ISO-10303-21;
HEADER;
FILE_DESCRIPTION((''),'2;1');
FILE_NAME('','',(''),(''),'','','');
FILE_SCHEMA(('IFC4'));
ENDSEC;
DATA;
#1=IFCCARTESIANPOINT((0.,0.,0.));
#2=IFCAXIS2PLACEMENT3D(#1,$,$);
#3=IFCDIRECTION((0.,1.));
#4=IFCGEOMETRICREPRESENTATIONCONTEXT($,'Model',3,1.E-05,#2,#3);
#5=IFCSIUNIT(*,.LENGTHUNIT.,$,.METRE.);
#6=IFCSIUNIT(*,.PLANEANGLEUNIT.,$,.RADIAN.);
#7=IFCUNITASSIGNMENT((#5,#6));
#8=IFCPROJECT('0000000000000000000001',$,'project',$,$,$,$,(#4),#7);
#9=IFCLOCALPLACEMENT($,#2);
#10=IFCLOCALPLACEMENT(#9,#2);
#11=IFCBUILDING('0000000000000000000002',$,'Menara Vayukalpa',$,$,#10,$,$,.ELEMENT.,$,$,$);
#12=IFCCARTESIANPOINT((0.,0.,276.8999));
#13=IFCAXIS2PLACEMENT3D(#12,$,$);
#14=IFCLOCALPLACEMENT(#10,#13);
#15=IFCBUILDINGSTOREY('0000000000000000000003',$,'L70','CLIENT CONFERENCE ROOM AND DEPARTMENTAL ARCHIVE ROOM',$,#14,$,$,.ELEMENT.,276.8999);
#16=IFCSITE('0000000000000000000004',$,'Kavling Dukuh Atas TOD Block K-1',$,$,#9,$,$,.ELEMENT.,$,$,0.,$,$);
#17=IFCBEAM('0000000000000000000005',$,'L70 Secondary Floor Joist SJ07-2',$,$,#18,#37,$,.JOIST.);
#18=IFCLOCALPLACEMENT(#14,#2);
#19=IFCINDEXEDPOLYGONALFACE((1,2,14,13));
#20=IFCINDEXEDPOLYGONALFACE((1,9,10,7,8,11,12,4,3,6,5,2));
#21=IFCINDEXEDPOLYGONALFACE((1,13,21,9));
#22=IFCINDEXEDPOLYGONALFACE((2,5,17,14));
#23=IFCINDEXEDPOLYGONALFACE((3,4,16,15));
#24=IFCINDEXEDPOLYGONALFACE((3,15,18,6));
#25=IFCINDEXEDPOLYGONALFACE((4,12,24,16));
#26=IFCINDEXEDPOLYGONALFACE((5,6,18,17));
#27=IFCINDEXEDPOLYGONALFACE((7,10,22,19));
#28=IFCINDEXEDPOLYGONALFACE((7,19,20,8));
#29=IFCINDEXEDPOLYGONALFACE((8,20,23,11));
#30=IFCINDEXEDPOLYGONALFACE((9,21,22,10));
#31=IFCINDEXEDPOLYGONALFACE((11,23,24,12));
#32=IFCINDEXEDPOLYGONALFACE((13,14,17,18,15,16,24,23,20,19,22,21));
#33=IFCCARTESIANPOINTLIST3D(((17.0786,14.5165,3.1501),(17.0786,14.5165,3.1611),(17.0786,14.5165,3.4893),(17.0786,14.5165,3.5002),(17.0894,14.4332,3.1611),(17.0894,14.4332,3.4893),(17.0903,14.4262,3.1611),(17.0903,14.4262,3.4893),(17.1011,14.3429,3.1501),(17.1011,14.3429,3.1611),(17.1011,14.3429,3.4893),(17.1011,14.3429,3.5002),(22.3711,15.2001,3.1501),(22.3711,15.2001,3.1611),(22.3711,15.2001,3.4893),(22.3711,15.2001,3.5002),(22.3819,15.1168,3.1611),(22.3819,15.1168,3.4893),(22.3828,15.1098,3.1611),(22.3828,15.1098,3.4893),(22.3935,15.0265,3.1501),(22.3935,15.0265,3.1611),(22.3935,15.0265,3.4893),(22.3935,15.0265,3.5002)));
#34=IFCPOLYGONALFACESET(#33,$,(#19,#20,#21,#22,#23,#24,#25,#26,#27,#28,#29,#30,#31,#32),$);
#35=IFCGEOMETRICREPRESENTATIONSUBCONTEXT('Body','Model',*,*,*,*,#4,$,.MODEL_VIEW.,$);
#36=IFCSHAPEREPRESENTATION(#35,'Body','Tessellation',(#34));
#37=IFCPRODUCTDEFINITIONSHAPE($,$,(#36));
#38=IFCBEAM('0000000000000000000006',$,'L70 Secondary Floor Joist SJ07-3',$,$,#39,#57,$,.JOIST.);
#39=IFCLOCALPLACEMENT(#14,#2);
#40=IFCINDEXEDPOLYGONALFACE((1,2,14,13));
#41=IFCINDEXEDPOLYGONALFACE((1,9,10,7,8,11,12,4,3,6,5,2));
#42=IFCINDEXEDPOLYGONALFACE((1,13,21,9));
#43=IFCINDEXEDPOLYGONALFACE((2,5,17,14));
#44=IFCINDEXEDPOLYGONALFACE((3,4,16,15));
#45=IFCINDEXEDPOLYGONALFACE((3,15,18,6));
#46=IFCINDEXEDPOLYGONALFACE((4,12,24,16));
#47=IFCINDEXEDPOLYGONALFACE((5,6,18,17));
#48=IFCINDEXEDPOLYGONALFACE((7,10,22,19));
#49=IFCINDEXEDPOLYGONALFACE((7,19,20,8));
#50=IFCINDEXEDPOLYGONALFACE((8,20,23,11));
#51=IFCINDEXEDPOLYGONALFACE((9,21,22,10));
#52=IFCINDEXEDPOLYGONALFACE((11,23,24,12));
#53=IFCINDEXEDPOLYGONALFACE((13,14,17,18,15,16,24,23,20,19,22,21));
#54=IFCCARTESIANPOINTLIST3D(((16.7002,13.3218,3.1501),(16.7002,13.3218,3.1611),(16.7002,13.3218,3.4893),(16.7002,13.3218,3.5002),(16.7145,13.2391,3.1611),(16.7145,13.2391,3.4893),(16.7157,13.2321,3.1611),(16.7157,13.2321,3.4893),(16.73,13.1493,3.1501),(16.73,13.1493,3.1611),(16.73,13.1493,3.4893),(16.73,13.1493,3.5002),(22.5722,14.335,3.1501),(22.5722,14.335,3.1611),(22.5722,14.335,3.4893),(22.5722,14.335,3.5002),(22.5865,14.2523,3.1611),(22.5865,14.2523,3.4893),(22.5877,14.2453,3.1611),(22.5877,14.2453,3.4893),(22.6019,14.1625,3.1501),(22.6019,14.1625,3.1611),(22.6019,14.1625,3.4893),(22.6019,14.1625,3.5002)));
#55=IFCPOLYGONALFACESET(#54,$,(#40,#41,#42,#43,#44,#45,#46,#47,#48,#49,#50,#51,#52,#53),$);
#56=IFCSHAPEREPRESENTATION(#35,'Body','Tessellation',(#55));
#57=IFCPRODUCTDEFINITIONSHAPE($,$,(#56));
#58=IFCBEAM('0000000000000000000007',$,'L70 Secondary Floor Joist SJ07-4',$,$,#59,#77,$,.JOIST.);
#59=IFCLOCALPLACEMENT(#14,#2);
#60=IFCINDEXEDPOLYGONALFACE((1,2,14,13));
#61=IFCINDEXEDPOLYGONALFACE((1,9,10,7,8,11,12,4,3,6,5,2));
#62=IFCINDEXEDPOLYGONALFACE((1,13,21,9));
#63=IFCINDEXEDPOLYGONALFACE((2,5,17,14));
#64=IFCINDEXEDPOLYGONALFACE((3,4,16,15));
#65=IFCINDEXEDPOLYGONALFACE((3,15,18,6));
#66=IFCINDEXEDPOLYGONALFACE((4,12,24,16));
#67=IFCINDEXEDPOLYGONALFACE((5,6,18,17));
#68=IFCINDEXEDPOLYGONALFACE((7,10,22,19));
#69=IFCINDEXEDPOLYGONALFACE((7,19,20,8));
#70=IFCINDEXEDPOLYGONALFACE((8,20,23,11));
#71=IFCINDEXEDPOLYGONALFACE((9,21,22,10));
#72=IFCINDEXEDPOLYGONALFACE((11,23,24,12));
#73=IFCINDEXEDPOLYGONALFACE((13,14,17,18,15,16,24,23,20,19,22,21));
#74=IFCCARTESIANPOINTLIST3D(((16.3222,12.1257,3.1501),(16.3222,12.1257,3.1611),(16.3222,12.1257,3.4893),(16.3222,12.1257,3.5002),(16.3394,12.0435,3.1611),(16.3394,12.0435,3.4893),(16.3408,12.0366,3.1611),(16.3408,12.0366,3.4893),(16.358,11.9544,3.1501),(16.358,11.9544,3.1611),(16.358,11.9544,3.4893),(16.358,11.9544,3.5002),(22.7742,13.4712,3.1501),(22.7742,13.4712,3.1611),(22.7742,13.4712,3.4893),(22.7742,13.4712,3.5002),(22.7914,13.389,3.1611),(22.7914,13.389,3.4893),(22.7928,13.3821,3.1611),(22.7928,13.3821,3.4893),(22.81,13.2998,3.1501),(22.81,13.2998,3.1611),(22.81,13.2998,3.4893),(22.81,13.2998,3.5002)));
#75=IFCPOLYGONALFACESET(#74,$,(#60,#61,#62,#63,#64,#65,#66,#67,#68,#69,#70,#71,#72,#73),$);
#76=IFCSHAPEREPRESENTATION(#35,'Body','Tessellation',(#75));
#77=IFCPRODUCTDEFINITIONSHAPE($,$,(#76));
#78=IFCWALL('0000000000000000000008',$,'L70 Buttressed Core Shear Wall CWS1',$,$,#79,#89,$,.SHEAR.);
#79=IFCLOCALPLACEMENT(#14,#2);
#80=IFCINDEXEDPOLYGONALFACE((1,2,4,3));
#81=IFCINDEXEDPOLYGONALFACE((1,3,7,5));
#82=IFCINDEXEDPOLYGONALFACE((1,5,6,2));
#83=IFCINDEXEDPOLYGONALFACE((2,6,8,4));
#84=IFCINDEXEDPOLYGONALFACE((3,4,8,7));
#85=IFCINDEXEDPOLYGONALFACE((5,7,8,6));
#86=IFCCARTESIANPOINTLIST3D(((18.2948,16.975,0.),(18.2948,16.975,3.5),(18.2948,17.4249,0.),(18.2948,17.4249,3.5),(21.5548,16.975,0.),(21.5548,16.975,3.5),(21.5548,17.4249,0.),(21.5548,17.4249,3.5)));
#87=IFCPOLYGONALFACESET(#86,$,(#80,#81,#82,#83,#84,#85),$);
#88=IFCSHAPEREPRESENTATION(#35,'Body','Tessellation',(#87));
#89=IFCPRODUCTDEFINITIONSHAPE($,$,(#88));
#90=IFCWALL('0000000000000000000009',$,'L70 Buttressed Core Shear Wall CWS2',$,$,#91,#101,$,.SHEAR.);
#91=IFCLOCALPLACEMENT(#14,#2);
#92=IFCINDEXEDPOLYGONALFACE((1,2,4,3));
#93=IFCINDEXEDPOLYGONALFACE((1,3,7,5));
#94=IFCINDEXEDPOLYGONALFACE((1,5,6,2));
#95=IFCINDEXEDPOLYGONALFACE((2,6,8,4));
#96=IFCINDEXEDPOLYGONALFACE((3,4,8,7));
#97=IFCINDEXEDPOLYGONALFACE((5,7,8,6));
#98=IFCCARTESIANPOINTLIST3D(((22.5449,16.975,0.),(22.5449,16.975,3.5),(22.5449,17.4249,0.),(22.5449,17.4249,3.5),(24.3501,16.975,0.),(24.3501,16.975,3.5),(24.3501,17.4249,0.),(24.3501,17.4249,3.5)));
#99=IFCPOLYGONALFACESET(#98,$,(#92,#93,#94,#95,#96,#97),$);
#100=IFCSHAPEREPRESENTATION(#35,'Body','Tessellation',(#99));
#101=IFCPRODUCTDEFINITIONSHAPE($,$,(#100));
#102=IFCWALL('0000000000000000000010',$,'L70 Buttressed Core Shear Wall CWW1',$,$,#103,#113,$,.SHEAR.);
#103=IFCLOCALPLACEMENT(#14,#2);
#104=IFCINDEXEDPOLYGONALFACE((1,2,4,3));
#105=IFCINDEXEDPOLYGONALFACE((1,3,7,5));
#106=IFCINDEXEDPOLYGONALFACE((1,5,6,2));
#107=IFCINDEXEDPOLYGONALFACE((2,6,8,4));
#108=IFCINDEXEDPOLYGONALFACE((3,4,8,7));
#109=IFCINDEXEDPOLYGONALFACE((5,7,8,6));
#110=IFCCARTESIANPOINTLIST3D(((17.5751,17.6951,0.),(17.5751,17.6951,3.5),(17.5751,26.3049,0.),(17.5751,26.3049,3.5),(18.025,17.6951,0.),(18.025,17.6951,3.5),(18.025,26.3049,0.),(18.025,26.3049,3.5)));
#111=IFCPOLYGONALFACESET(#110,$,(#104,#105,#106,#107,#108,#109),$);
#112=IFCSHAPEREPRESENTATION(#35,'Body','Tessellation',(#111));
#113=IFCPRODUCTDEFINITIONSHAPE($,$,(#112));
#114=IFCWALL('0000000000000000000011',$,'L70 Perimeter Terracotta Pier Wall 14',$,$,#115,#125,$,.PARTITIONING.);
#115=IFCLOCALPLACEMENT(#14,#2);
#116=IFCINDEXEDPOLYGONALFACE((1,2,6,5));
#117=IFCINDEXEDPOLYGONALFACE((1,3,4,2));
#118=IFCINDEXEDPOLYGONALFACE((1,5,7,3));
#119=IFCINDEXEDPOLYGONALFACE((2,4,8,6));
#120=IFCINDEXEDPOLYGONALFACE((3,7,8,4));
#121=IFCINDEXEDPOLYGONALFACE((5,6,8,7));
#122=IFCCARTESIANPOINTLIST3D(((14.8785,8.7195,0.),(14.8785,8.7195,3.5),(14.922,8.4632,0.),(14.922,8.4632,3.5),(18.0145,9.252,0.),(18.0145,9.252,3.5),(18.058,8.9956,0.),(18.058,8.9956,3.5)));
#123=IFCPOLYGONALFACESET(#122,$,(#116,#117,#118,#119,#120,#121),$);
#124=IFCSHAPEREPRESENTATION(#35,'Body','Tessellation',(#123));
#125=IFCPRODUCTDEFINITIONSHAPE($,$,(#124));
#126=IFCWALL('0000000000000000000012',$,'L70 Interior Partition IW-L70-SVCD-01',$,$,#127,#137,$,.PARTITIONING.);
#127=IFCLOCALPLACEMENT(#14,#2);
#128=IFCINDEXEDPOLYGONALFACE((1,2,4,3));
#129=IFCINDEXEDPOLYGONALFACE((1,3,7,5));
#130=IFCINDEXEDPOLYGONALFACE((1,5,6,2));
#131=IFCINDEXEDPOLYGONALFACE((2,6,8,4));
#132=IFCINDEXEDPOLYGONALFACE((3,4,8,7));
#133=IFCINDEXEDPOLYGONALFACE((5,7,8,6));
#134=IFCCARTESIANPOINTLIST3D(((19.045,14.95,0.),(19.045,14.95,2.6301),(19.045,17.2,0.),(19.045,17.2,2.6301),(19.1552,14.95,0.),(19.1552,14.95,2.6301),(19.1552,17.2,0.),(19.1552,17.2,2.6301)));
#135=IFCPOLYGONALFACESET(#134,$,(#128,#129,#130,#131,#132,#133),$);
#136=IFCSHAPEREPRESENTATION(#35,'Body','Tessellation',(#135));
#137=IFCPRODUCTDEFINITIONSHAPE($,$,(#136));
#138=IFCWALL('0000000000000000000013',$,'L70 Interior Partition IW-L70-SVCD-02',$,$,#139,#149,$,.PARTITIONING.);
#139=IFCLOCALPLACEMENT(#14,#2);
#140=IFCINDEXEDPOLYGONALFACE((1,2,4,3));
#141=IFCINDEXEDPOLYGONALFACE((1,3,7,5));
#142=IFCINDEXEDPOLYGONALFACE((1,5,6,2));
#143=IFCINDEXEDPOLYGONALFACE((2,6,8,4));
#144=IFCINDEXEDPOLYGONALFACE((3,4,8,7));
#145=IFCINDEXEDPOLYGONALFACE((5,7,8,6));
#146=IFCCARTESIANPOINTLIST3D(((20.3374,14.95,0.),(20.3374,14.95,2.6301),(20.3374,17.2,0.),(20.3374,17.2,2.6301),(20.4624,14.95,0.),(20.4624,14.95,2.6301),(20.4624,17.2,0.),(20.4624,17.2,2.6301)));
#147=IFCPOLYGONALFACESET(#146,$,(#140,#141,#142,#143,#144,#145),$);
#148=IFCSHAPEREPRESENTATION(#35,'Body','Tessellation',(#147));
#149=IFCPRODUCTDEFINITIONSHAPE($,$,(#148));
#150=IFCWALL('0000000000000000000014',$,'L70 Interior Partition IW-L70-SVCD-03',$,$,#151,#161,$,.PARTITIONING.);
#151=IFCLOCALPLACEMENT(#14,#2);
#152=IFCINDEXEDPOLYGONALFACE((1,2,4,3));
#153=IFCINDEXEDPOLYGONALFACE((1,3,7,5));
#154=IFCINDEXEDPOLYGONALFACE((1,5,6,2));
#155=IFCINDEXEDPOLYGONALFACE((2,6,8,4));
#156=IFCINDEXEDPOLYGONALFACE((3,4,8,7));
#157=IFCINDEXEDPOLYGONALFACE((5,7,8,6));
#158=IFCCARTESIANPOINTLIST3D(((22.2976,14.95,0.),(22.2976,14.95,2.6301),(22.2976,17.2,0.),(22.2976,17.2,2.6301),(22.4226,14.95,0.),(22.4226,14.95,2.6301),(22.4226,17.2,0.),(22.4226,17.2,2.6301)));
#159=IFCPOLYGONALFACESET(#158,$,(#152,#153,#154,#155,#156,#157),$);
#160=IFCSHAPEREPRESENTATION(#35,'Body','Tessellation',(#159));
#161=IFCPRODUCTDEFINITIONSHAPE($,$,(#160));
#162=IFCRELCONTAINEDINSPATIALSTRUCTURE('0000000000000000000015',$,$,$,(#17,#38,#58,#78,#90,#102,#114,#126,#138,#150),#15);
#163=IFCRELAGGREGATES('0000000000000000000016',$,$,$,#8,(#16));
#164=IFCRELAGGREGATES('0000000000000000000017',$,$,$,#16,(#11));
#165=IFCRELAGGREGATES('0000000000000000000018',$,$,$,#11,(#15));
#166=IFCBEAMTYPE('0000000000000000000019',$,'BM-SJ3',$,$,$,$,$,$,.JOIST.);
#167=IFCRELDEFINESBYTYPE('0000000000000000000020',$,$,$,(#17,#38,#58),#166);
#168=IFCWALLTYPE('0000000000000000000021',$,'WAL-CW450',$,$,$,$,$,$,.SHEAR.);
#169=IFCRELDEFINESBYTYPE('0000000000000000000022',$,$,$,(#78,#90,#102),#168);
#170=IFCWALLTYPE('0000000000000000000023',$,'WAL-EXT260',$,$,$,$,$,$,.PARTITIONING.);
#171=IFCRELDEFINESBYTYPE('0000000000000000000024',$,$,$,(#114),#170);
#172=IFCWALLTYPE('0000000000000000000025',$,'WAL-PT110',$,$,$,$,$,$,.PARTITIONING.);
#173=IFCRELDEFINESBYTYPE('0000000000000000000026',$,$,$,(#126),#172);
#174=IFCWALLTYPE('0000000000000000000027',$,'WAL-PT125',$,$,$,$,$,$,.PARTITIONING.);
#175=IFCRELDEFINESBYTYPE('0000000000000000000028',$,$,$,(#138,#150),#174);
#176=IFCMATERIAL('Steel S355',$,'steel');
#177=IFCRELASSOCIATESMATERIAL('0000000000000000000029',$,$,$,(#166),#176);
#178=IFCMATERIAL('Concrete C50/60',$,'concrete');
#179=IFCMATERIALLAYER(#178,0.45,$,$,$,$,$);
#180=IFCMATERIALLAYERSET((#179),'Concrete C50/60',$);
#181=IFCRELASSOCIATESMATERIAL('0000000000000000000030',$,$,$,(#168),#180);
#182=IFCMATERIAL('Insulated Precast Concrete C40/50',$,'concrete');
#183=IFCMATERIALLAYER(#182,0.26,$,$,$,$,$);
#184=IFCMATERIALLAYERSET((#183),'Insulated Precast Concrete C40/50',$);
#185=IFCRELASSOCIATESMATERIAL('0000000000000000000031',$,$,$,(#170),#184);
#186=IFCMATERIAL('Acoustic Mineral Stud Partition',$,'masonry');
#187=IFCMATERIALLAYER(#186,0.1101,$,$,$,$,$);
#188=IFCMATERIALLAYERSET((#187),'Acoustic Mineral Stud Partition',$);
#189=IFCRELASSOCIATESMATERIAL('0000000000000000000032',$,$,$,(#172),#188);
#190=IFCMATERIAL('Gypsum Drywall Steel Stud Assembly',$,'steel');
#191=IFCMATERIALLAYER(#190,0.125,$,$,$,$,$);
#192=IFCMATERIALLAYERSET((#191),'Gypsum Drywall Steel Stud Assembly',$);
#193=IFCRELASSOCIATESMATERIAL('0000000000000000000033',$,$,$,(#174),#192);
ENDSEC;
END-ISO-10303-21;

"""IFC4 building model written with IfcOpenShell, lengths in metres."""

from ifc_helpers import new_model, si_unit, direction, frame, frame_2d, origin, origin_2d, place, context, subcontext, project, spatial, rectangle, i_section, extrude, material, layer, layer_set, material_profile, profile_set, type_object, element, save


model = new_model("IFC4")

# Units and contexts
model_context = context("Model", 3, precision=1e-05, world=origin(), true_north=direction((0.0, 1.0)))
body_context = subcontext(model_context, "Body", "Model", "MODEL_VIEW")
ifc_project = project(units=[si_unit("LENGTHUNIT", "METRE"), si_unit("PLANEANGLEUNIT", "RADIAN")], contexts=[model_context])

# Site, building, storey
site_placement = place(None, origin())
site = spatial("IfcSite", under=ifc_project, at=site_placement, Name="Kavling Dukuh Atas TOD Block K-1", CompositionType="ELEMENT", RefElevation=0.0)
building_placement = place(site_placement, origin())
building = spatial("IfcBuilding", under=site, at=building_placement, Name="Menara Vayukalpa", CompositionType="ELEMENT")
storey_placement = place(building_placement, frame((0.0, 0.0, 276.8999)))
storey = spatial("IfcBuildingStorey", under=building, at=storey_placement, Name="L70", Description="CLIENT CONFERENCE ROOM AND DEPARTMENTAL ARCHIVE ROOM", CompositionType="ELEMENT", Elevation=276.8999)

# Beams
ifc_material_1 = material(Name="Steel S355", Category="steel")
ifc_material_profile_1 = material_profile(ifc_material_1, i_section(OverallWidth=0.175, OverallDepth=0.3501, WebThickness=0.0071, FlangeThickness=0.011, at=origin_2d()), Name="WF 350x175x7x11")
ifc_profile_set_1 = profile_set([ifc_material_profile_1], Name="Steel S355")
beam_type_1 = type_object("IfcBeamType", Name="BM-SJ3", PredefinedType="JOIST", material=ifc_profile_set_1)
beam_1_placement = place(storey_placement, frame((17.0898, 14.4297, 3.3252), z_axis=(0.991761, 0.128099, 0.0), x_axis=(-0.128099, 0.991761, 0.0)))
element("IfcBeam", 1, at=beam_1_placement, inside=storey, type_object=beam_type_1, Name="L70 Secondary Floor Joist SJ07-2", PredefinedType="JOIST", context=body_context, shape_type="SweptSolid", body=[
    extrude(i_section(OverallWidth=0.175, OverallDepth=0.3501, WebThickness=0.0071, FlangeThickness=0.011, at=origin_2d()), origin(), (0.0, 0.0, 1.0), 5.3364),
])
beam_2_placement = place(storey_placement, frame((16.7151, 13.2356, 3.3252), z_axis=(0.985439, 0.17003, 0.0), x_axis=(-0.17003, 0.985439, 0.0)))
element("IfcBeam", 2, at=beam_2_placement, inside=storey, type_object=beam_type_1, Name="L70 Secondary Floor Joist SJ07-3", PredefinedType="JOIST", context=body_context, shape_type="SweptSolid", body=[
    extrude(i_section(OverallWidth=0.175, OverallDepth=0.3501, WebThickness=0.0071, FlangeThickness=0.011, at=origin_2d()), origin(), (0.0, 0.0, 1.0), 5.9587),
])
beam_3_placement = place(storey_placement, frame((16.3401, 12.04, 3.3252), z_axis=(0.978941, 0.204145, 0.0), x_axis=(-0.204145, 0.978941, 0.0)))
element("IfcBeam", 3, at=beam_3_placement, inside=storey, type_object=beam_type_1, Name="L70 Secondary Floor Joist SJ07-4", PredefinedType="JOIST", context=body_context, shape_type="SweptSolid", body=[
    extrude(i_section(OverallWidth=0.175, OverallDepth=0.3501, WebThickness=0.0071, FlangeThickness=0.011, at=origin_2d()), origin(), (0.0, 0.0, 1.0), 6.5908),
])

# Walls
ifc_material_2 = material(Name="Concrete C50/60", Category="concrete")
ifc_layer_1 = layer(ifc_material_2, 0.45)
ifc_layer_set_1 = layer_set([ifc_layer_1], Name="Concrete C50/60")
wall_type_1 = type_object("IfcWallType", Name="WAL-CW450", PredefinedType="SHEAR", material=ifc_layer_set_1)
wall_1_placement = place(storey_placement, frame((18.2949, 17.2, 0.0), z_axis=(0.0, 0.0, 1.0), x_axis=(1.0, 0.0, 0.0)))
element("IfcWall", 4, at=wall_1_placement, inside=storey, type_object=wall_type_1, Name="L70 Buttressed Core Shear Wall CWS1", PredefinedType="SHEAR", context=body_context, shape_type="SweptSolid", body=[
    extrude(rectangle(XDim=3.26, YDim=0.45, at=frame_2d((1.6299, 0.0))), origin(), (0.0, 0.0, 1.0), 3.5),
])
wall_2_placement = place(storey_placement, frame((22.5449, 17.2, 0.0), z_axis=(0.0, 0.0, 1.0), x_axis=(1.0, 0.0, 0.0)))
element("IfcWall", 5, at=wall_2_placement, inside=storey, type_object=wall_type_1, Name="L70 Buttressed Core Shear Wall CWS2", PredefinedType="SHEAR", context=body_context, shape_type="SweptSolid", body=[
    extrude(rectangle(XDim=1.8052, YDim=0.45, at=frame_2d((0.9026, 0.0))), origin(), (0.0, 0.0, 1.0), 3.5),
])
wall_3_placement = place(storey_placement, frame((17.8, 17.6951, 0.0), z_axis=(0.0, 0.0, 1.0), x_axis=(0.0, 1.0, 0.0)))
element("IfcWall", 6, at=wall_3_placement, inside=storey, type_object=wall_type_1, Name="L70 Buttressed Core Shear Wall CWW1", PredefinedType="SHEAR", context=body_context, shape_type="SweptSolid", body=[
    extrude(rectangle(XDim=8.6099, YDim=0.45, at=frame_2d((4.3049, 0.0))), origin(), (0.0, 0.0, 1.0), 3.5),
])
ifc_material_3 = material(Name="Insulated Precast Concrete C40/50", Category="concrete")
ifc_layer_2 = layer(ifc_material_3, 0.26)
ifc_layer_set_2 = layer_set([ifc_layer_2], Name="Insulated Precast Concrete C40/50")
wall_type_2 = type_object("IfcWallType", Name="WAL-EXT260", PredefinedType="PARTITIONING", material=ifc_layer_set_2)
wall_4_placement = place(storey_placement, frame((18.0361, 9.1238, 0.0), z_axis=(0.0, 0.0, 1.0), x_axis=(-0.985889, -0.167398, 0.0)))
element("IfcWall", 7, at=wall_4_placement, inside=storey, type_object=wall_type_2, Name="L70 Perimeter Terracotta Pier Wall 14", PredefinedType="PARTITIONING", context=body_context, shape_type="SweptSolid", body=[
    extrude(rectangle(XDim=3.1809, YDim=0.26, at=frame_2d((1.5903, 0.0))), origin(), (0.0, 0.0, 1.0), 3.5),
])
ifc_material_4 = material(Name="Acoustic Mineral Stud Partition", Category="masonry")
ifc_layer_3 = layer(ifc_material_4, 0.1101)
ifc_layer_set_3 = layer_set([ifc_layer_3], Name="Acoustic Mineral Stud Partition")
wall_type_3 = type_object("IfcWallType", Name="WAL-PT110", PredefinedType="PARTITIONING", material=ifc_layer_set_3)
wall_5_placement = place(storey_placement, frame((19.1001, 14.95, 0.0), z_axis=(0.0, 0.0, 1.0), x_axis=(0.0, 1.0, 0.0)))
element("IfcWall", 8, at=wall_5_placement, inside=storey, type_object=wall_type_3, Name="L70 Interior Partition IW-L70-SVCD-01", PredefinedType="PARTITIONING", context=body_context, shape_type="SweptSolid", body=[
    extrude(rectangle(XDim=2.25, YDim=0.1101, at=frame_2d((1.125, 0.0))), origin(), (0.0, 0.0, 1.0), 2.6301),
])
ifc_material_5 = material(Name="Gypsum Drywall Steel Stud Assembly", Category="steel")
ifc_layer_4 = layer(ifc_material_5, 0.125)
ifc_layer_set_4 = layer_set([ifc_layer_4], Name="Gypsum Drywall Steel Stud Assembly")
wall_type_4 = type_object("IfcWallType", Name="WAL-PT125", PredefinedType="PARTITIONING", material=ifc_layer_set_4)
for number, where, z_axis, x_axis, name in (
    (9, (20.3999, 14.95, 0.0), (0.0, 0.0, 1.0), (0.0, 1.0, 0.0), "L70 Interior Partition IW-L70-SVCD-02"),
    (10, (22.3601, 14.95, 0.0), (0.0, 0.0, 1.0), (0.0, 1.0, 0.0), "L70 Interior Partition IW-L70-SVCD-03"),
):
    element("IfcWall", number, at=place(storey_placement, frame(where, z_axis=z_axis, x_axis=x_axis)), inside=storey, type_object=wall_type_4, Name=name, PredefinedType="PARTITIONING", context=body_context, shape_type="SweptSolid", body=[
        extrude(rectangle(XDim=2.25, YDim=0.125, at=frame_2d((1.125, 0.0))), origin(), (0.0, 0.0, 1.0), 2.6301),
    ])

save(model, "model.ifc")
